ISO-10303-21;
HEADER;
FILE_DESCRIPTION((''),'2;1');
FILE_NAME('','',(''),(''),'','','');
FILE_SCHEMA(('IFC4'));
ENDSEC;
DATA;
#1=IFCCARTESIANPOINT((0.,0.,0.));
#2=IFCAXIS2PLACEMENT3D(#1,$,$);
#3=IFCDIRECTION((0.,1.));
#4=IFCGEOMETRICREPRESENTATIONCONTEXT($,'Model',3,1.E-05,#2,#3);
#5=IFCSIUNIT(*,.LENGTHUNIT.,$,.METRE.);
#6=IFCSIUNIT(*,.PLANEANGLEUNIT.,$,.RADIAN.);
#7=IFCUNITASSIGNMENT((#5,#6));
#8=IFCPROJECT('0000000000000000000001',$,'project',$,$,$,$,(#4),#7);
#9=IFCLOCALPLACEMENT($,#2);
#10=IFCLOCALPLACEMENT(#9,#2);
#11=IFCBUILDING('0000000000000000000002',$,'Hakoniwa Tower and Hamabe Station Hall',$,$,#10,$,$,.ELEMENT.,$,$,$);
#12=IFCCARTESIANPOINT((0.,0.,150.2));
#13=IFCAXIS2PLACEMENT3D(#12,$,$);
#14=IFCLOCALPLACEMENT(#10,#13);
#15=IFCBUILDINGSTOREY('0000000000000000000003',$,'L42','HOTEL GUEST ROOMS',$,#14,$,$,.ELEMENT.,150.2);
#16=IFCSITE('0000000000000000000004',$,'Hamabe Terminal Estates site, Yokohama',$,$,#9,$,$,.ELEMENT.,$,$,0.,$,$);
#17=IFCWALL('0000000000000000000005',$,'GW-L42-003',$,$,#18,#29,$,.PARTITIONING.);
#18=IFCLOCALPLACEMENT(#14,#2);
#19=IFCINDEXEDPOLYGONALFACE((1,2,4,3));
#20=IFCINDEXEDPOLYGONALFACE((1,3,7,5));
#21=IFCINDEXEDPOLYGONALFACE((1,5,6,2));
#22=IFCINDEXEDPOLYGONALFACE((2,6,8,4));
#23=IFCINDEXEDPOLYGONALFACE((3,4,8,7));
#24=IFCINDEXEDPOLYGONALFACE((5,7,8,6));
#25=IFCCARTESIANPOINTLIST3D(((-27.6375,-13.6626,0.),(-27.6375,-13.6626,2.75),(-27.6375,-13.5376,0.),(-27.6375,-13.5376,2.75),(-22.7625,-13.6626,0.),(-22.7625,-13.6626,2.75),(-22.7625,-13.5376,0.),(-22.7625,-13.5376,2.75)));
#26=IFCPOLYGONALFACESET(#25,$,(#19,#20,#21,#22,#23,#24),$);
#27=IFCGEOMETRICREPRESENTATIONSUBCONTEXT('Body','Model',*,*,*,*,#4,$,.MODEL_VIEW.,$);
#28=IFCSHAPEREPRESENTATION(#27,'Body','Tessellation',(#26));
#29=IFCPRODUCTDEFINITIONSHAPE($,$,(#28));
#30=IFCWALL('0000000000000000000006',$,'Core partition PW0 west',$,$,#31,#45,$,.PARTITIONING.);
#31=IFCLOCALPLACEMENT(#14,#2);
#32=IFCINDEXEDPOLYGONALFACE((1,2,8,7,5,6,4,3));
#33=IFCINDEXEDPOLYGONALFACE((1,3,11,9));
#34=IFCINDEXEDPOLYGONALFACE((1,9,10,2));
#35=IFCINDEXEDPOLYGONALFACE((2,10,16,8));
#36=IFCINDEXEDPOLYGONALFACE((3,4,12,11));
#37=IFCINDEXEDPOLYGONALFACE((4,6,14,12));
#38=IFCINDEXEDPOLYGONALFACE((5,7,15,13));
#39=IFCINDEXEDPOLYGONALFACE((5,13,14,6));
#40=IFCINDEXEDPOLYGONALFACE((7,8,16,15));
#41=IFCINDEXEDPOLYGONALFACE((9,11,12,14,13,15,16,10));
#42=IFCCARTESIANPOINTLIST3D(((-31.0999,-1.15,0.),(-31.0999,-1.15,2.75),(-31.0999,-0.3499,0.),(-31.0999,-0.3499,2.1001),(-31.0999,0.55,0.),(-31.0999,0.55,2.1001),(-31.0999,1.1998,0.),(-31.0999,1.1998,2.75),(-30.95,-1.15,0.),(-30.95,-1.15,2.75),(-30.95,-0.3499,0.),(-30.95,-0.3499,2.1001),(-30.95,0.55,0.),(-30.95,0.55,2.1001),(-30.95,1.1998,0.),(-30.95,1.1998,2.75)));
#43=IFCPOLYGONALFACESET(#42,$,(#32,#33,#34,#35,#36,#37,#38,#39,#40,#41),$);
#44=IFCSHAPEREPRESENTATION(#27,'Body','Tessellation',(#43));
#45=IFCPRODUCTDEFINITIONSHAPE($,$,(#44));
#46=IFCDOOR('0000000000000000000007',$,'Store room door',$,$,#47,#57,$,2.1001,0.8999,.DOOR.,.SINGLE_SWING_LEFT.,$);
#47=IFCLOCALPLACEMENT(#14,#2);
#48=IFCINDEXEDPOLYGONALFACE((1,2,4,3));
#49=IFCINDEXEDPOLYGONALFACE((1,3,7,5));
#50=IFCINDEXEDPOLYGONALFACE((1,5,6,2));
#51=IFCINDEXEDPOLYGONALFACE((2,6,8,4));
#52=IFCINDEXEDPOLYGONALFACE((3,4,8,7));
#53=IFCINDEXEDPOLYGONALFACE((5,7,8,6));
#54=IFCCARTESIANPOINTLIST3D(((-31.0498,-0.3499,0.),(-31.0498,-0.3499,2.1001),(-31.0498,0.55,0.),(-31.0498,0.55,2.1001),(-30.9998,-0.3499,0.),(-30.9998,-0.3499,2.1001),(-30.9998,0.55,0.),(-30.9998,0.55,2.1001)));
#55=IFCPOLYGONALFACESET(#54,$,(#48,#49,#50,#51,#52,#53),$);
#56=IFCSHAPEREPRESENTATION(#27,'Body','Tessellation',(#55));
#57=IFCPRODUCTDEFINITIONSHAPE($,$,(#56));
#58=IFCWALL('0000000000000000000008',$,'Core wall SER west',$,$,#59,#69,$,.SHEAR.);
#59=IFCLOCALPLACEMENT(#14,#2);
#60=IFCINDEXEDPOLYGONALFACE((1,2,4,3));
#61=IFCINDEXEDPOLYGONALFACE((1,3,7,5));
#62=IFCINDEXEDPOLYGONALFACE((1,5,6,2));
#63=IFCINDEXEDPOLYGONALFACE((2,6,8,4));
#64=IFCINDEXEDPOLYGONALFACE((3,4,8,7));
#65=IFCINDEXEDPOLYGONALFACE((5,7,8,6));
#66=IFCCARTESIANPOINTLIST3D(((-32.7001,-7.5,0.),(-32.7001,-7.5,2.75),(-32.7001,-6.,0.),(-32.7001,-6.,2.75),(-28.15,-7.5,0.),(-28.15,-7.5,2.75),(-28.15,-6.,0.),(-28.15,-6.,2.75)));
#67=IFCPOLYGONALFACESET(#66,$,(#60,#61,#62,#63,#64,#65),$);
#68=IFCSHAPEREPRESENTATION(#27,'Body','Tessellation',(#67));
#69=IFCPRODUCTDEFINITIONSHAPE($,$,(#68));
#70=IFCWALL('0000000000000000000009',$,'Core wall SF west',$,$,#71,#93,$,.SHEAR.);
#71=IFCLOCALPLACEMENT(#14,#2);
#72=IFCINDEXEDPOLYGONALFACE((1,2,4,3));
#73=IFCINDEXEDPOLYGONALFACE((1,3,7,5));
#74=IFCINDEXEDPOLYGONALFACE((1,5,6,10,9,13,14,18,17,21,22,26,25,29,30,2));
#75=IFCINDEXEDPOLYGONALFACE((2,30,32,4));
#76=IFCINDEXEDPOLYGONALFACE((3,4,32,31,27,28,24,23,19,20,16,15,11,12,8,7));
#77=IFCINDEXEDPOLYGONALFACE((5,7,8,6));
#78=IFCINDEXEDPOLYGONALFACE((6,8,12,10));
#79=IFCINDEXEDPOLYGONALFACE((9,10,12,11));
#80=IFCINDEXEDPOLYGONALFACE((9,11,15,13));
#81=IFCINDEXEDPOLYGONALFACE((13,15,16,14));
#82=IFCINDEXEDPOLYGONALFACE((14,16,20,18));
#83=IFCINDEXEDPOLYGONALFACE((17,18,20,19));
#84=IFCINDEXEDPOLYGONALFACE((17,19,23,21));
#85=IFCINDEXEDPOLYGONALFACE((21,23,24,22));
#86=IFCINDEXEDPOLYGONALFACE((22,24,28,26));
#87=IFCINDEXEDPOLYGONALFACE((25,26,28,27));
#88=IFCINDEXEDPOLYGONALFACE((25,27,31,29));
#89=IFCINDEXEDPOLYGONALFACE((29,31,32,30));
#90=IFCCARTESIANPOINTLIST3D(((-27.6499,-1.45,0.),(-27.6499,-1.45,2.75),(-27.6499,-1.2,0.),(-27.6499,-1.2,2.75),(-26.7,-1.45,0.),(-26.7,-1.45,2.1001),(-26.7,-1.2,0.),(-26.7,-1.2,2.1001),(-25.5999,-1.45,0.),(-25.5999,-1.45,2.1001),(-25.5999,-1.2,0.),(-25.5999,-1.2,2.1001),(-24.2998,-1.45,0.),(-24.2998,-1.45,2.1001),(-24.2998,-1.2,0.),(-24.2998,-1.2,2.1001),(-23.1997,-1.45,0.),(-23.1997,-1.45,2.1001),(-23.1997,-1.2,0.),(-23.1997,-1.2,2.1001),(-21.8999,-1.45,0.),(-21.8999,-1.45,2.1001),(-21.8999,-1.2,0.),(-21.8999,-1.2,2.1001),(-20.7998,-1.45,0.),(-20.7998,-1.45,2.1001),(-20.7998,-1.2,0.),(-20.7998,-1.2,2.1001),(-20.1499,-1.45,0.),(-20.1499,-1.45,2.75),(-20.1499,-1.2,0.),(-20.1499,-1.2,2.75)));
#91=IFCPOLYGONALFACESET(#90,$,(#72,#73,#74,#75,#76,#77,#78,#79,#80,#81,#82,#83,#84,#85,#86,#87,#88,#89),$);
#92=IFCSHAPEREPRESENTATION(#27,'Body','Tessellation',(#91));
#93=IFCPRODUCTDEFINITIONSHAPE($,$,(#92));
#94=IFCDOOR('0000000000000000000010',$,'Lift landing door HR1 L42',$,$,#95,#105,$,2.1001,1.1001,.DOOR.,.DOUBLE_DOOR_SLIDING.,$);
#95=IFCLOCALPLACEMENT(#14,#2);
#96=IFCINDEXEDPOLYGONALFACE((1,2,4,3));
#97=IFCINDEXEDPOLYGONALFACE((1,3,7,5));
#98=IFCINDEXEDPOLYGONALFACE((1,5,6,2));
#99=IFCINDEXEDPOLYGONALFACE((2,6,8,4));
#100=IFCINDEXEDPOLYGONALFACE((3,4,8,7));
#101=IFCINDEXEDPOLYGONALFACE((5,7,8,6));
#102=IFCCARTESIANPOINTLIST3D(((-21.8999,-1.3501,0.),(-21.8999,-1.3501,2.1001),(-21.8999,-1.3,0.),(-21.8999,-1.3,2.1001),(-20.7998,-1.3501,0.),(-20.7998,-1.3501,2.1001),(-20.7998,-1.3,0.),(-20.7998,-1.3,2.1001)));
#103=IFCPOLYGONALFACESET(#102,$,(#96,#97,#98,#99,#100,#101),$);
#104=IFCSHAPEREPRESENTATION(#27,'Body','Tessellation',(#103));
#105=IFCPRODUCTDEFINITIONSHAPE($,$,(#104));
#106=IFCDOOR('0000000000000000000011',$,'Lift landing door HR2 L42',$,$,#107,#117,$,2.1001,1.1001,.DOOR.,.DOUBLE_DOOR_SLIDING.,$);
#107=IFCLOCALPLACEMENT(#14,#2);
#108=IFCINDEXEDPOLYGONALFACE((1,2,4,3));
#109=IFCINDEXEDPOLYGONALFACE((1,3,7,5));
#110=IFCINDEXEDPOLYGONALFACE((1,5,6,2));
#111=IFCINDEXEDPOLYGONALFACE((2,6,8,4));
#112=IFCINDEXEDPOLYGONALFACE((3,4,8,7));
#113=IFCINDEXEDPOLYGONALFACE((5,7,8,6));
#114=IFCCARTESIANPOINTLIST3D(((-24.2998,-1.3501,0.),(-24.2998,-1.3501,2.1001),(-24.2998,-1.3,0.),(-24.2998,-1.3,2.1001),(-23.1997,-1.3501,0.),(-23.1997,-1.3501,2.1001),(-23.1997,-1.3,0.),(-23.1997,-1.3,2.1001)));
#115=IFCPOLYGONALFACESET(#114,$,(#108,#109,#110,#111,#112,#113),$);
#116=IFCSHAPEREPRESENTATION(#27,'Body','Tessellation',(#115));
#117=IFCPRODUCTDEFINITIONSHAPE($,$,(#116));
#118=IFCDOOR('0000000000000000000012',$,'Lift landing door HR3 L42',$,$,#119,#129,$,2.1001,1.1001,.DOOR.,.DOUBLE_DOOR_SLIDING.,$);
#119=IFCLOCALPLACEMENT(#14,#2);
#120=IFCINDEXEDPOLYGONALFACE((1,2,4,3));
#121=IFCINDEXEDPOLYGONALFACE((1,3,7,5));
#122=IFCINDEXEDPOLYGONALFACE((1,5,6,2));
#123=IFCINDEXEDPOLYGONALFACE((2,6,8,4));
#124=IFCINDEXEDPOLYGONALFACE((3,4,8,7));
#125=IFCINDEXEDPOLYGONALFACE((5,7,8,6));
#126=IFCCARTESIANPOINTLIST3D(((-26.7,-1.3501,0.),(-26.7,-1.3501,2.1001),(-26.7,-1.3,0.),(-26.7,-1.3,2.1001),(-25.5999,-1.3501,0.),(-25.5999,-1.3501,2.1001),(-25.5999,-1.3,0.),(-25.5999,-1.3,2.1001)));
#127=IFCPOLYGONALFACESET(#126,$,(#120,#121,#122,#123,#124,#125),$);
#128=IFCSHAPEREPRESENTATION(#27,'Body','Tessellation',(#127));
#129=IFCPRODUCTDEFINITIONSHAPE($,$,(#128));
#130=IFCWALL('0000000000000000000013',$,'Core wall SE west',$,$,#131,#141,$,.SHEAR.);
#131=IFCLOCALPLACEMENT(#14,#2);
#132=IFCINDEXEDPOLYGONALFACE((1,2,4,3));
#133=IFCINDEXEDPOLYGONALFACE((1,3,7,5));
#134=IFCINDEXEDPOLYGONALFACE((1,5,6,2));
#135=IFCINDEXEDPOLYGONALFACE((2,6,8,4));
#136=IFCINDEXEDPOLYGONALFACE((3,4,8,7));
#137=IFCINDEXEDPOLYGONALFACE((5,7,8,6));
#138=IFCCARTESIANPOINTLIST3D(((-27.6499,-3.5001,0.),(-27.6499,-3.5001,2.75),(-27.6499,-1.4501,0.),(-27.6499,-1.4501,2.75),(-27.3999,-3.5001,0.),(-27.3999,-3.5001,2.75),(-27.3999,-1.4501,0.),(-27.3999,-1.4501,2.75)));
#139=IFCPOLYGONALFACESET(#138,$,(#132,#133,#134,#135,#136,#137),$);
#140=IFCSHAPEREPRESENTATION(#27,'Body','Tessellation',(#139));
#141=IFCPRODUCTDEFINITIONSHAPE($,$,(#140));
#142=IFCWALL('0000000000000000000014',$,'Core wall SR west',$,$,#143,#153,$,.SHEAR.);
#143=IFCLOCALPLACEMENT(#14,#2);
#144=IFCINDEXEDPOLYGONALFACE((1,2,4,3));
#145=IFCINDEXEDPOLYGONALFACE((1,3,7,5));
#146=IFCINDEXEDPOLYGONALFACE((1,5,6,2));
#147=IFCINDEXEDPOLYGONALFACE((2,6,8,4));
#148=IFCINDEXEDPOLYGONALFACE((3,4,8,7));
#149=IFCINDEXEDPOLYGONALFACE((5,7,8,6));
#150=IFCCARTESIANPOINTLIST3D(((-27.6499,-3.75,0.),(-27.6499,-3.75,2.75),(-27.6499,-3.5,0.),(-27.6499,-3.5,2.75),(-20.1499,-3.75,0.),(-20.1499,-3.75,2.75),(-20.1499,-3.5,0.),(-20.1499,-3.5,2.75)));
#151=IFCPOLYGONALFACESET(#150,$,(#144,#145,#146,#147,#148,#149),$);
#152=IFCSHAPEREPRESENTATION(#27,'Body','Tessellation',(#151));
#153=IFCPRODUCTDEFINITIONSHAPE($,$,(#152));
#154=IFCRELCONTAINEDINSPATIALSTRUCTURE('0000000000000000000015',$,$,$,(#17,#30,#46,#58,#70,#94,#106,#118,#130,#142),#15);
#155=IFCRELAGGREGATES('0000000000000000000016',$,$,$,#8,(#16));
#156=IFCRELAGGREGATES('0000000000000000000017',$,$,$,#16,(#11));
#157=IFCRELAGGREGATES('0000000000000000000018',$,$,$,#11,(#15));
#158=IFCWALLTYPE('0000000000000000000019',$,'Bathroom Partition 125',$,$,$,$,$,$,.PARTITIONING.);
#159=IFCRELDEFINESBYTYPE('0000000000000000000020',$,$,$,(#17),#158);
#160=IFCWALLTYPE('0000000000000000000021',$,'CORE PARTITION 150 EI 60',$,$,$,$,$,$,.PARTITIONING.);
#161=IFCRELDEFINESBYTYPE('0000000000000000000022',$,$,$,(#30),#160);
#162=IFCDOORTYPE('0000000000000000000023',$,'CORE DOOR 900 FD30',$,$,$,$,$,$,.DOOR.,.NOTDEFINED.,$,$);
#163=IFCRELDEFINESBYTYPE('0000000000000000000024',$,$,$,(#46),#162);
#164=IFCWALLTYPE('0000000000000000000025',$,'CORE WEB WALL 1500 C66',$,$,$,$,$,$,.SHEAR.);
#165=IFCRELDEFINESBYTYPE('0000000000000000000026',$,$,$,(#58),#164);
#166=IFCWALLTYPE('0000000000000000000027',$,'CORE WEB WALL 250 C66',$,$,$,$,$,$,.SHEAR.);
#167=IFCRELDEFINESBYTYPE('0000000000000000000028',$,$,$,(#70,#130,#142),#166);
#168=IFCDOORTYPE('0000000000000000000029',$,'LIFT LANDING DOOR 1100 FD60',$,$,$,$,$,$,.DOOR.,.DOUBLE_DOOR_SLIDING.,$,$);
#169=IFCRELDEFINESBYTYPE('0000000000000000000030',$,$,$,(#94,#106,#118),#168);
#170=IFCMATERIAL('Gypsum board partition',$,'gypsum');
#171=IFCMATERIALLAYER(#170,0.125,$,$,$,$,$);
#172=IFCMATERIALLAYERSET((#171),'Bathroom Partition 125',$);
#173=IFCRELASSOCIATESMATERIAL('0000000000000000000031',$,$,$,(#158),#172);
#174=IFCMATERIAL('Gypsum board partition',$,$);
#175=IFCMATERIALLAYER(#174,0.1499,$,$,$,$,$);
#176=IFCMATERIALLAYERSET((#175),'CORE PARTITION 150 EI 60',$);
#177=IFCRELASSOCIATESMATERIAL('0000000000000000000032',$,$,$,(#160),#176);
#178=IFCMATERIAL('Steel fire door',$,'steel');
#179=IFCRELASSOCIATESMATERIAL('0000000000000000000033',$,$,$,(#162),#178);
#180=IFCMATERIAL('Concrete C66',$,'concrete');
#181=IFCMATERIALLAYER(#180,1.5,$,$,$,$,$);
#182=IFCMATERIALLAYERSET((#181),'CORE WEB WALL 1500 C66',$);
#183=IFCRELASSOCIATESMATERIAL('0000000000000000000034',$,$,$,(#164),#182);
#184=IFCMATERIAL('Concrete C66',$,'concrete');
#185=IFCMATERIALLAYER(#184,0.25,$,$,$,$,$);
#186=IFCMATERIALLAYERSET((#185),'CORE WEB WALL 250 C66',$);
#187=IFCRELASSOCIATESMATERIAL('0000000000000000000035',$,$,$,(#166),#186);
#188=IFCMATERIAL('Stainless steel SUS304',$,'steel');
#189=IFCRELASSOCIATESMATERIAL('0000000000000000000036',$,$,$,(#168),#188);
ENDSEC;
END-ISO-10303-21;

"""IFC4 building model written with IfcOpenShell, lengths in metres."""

from ifc_helpers import new_model, si_unit, direction, frame, frame_2d, origin, place, context, subcontext, project, spatial, rectangle, extrude, material, layer, layer_set, type_object, element, fill, save


model = new_model("IFC4")

# Units and contexts
model_context = context("Model", 3, precision=1e-05, world=origin(), true_north=direction((0.0, 1.0)))
body_context = subcontext(model_context, "Body", "Model", "MODEL_VIEW")
ifc_project = project(units=[si_unit("LENGTHUNIT", "METRE"), si_unit("PLANEANGLEUNIT", "RADIAN")], contexts=[model_context])

# Site, building, storey
site_placement = place(None, origin())
site = spatial("IfcSite", under=ifc_project, at=site_placement, Name="Hamabe Terminal Estates site, Yokohama", CompositionType="ELEMENT", RefElevation=0.0)
building_placement = place(site_placement, origin())
building = spatial("IfcBuilding", under=site, at=building_placement, Name="Hakoniwa Tower and Hamabe Station Hall", CompositionType="ELEMENT")
storey_placement = place(building_placement, frame((0.0, 0.0, 150.2)))
storey = spatial("IfcBuildingStorey", under=building, at=storey_placement, Name="L42", Description="HOTEL GUEST ROOMS", CompositionType="ELEMENT", Elevation=150.2)

# Wall
ifc_material_1 = material(Name="Gypsum board partition", Category="gypsum")
ifc_layer_1 = layer(ifc_material_1, 0.125)
ifc_layer_set_1 = layer_set([ifc_layer_1], Name="Bathroom Partition 125")
wall_type_1 = type_object("IfcWallType", Name="Bathroom Partition 125", PredefinedType="PARTITIONING", material=ifc_layer_set_1)
wall_1_placement = place(storey_placement, frame((-27.6375, -13.6001, 0.0), z_axis=(0.0, 0.0, 1.0), x_axis=(1.0, 0.0, 0.0)))
element("IfcWall", 1, at=wall_1_placement, inside=storey, type_object=wall_type_1, Name="GW-L42-003", PredefinedType="PARTITIONING", context=body_context, shape_type="SweptSolid", body=[
    extrude(rectangle(XDim=4.875, YDim=0.125, at=frame_2d((2.4375, 0.0))), origin(), (0.0, 0.0, 1.0), 2.75),
])

# Wall, opening, door
ifc_material_2 = material(Name="Gypsum board partition")
ifc_layer_2 = layer(ifc_material_2, 0.1499)
ifc_layer_set_2 = layer_set([ifc_layer_2], Name="CORE PARTITION 150 EI 60")
wall_type_2 = type_object("IfcWallType", Name="CORE PARTITION 150 EI 60", PredefinedType="PARTITIONING", material=ifc_layer_set_2)
wall_2_placement = place(storey_placement, frame((-31.0249, -1.1499, 0.0), z_axis=(0.0, 0.0, 1.0), x_axis=(0.0, 1.0, 0.0)))
wall_2 = element("IfcWall", 2, at=wall_2_placement, inside=storey, type_object=wall_type_2, Name="Core partition PW0 west", PredefinedType="PARTITIONING", context=body_context, shape_type="SweptSolid", body=[
    extrude(rectangle(XDim=2.3499, YDim=0.1499, at=frame_2d((1.1748, 0.0))), origin(), (0.0, 0.0, 1.0), 2.75),
])
opening_1_placement = place(wall_2_placement, frame((0.8, 0.0, 0.0)))
opening_1 = element("IfcOpeningElement", 3, at=opening_1_placement, cuts=wall_2, PredefinedType="OPENING", context=body_context, shape_type="SweptSolid", body=[
    extrude(rectangle(XDim=0.8999, YDim=2.1001, at=frame_2d((0.45, 1.05))), frame((0.0, 0.085, 0.0), z_axis=(0.0, -1.0, 0.0), x_axis=(1.0, 0.0, 0.0)), (0.0, 0.0, 1.0), 0.1699),
])
ifc_material_3 = material(Name="Steel fire door", Category="steel")
door_type_1 = type_object("IfcDoorType", Name="CORE DOOR 900 FD30", OperationType="NOTDEFINED", PredefinedType="DOOR", material=ifc_material_3)
door_1_placement = place(opening_1_placement, origin())
door_1 = element("IfcDoor", 4, at=door_1_placement, inside=storey, type_object=door_type_1, Name="Store room door", OperationType="SINGLE_SWING_LEFT", OverallHeight=2.1001, OverallWidth=0.8999, PredefinedType="DOOR", context=body_context, shape_type="SweptSolid", body=[
    extrude(rectangle(XDim=0.8999, YDim=2.1001, at=frame_2d((0.45, 1.05))), frame((0.0, 0.0249, 0.0), z_axis=(0.0, -1.0, 0.0), x_axis=(1.0, 0.0, 0.0)), (0.0, 0.0, 1.0), 0.05),
])
fill(opening_1, door_1)

# Wall
ifc_material_4 = material(Name="Concrete C66", Category="concrete")
ifc_layer_3 = layer(ifc_material_4, 1.5)
ifc_layer_set_3 = layer_set([ifc_layer_3], Name="CORE WEB WALL 1500 C66")
wall_type_3 = type_object("IfcWallType", Name="CORE WEB WALL 1500 C66", PredefinedType="SHEAR", material=ifc_layer_set_3)
wall_3_placement = place(storey_placement, frame((-32.7, -6.75, 0.0), z_axis=(0.0, 0.0, 1.0), x_axis=(1.0, 0.0, 0.0)))
element("IfcWall", 5, at=wall_3_placement, inside=storey, type_object=wall_type_3, Name="Core wall SER west", PredefinedType="SHEAR", context=body_context, shape_type="SweptSolid", body=[
    extrude(rectangle(XDim=4.55, YDim=1.5, at=frame_2d((2.2749, 0.0))), origin(), (0.0, 0.0, 1.0), 2.75),
])

# Wall, openings, doors
ifc_material_5 = material(Name="Concrete C66", Category="concrete")
ifc_layer_4 = layer(ifc_material_5, 0.25)
ifc_layer_set_4 = layer_set([ifc_layer_4], Name="CORE WEB WALL 250 C66")
wall_type_4 = type_object("IfcWallType", Name="CORE WEB WALL 250 C66", PredefinedType="SHEAR", material=ifc_layer_set_4)
wall_4_placement = place(storey_placement, frame((-27.6499, -1.325, 0.0), z_axis=(0.0, 0.0, 1.0), x_axis=(1.0, 0.0, 0.0)))
wall_4 = element("IfcWall", 6, at=wall_4_placement, inside=storey, type_object=wall_type_4, Name="Core wall SF west", PredefinedType="SHEAR", context=body_context, shape_type="SweptSolid", body=[
    extrude(rectangle(XDim=7.5, YDim=0.25, at=frame_2d((3.75, 0.0))), origin(), (0.0, 0.0, 1.0), 2.75),
])
opening_2_placement = place(wall_4_placement, frame((5.75, 0.0, 0.0)))
opening_2 = element("IfcOpeningElement", 7, at=opening_2_placement, cuts=wall_4, PredefinedType="OPENING", context=body_context, shape_type="SweptSolid", body=[
    extrude(rectangle(XDim=1.1001, YDim=2.1001, at=frame_2d((0.55, 1.05))), frame((0.0, 0.135, 0.0), z_axis=(0.0, -1.0, 0.0), x_axis=(1.0, 0.0, 0.0)), (0.0, 0.0, 1.0), 0.27),
])
opening_3_placement = place(wall_4_placement, frame((3.3501, 0.0, 0.0)))
opening_3 = element("IfcOpeningElement", 8, at=opening_3_placement, cuts=wall_4, PredefinedType="OPENING", context=body_context, shape_type="SweptSolid", body=[
    extrude(rectangle(XDim=1.1001, YDim=2.1001, at=frame_2d((0.55, 1.05))), frame((0.0, 0.135, 0.0), z_axis=(0.0, -1.0, 0.0), x_axis=(1.0, 0.0, 0.0)), (0.0, 0.0, 1.0), 0.27),
])
opening_4_placement = place(wall_4_placement, frame((0.95, 0.0, 0.0)))
opening_4 = element("IfcOpeningElement", 9, at=opening_4_placement, cuts=wall_4, PredefinedType="OPENING", context=body_context, shape_type="SweptSolid", body=[
    extrude(rectangle(XDim=1.1001, YDim=2.1001, at=frame_2d((0.55, 1.05))), frame((0.0, 0.135, 0.0), z_axis=(0.0, -1.0, 0.0), x_axis=(1.0, 0.0, 0.0)), (0.0, 0.0, 1.0), 0.27),
])
ifc_material_6 = material(Name="Stainless steel SUS304", Category="steel")
door_type_2 = type_object("IfcDoorType", Name="LIFT LANDING DOOR 1100 FD60", OperationType="DOUBLE_DOOR_SLIDING", PredefinedType="DOOR", material=ifc_material_6)
door_2_placement = place(opening_2_placement, origin())
door_2 = element("IfcDoor", 10, at=door_2_placement, inside=storey, type_object=door_type_2, Name="Lift landing door HR1 L42", OperationType="DOUBLE_DOOR_SLIDING", OverallHeight=2.1001, OverallWidth=1.1001, PredefinedType="DOOR", context=body_context, shape_type="SweptSolid", body=[
    extrude(rectangle(XDim=1.1001, YDim=2.1001, at=frame_2d((0.55, 1.05))), frame((0.0, 0.0249, 0.0), z_axis=(0.0, -1.0, 0.0), x_axis=(1.0, 0.0, 0.0)), (0.0, 0.0, 1.0), 0.05),
])
fill(opening_2, door_2)
door_3_placement = place(opening_3_placement, origin())
door_3 = element("IfcDoor", 11, at=door_3_placement, inside=storey, type_object=door_type_2, Name="Lift landing door HR2 L42", OperationType="DOUBLE_DOOR_SLIDING", OverallHeight=2.1001, OverallWidth=1.1001, PredefinedType="DOOR", context=body_context, shape_type="SweptSolid", body=[
    extrude(rectangle(XDim=1.1001, YDim=2.1001, at=frame_2d((0.55, 1.05))), frame((0.0, 0.0249, 0.0), z_axis=(0.0, -1.0, 0.0), x_axis=(1.0, 0.0, 0.0)), (0.0, 0.0, 1.0), 0.05),
])
fill(opening_3, door_3)
door_4_placement = place(opening_4_placement, origin())
door_4 = element("IfcDoor", 12, at=door_4_placement, inside=storey, type_object=door_type_2, Name="Lift landing door HR3 L42", OperationType="DOUBLE_DOOR_SLIDING", OverallHeight=2.1001, OverallWidth=1.1001, PredefinedType="DOOR", context=body_context, shape_type="SweptSolid", body=[
    extrude(rectangle(XDim=1.1001, YDim=2.1001, at=frame_2d((0.55, 1.05))), frame((0.0, 0.0249, 0.0), z_axis=(0.0, -1.0, 0.0), x_axis=(1.0, 0.0, 0.0)), (0.0, 0.0, 1.0), 0.05),
])
fill(opening_4, door_4)

# Walls
wall_5_placement = place(storey_placement, frame((-27.5249, -3.5, 0.0), z_axis=(0.0, 0.0, 1.0), x_axis=(0.0, 1.0, 0.0)))
element("IfcWall", 13, at=wall_5_placement, inside=storey, type_object=wall_type_4, Name="Core wall SE west", PredefinedType="SHEAR", context=body_context, shape_type="SweptSolid", body=[
    extrude(rectangle(XDim=2.05, YDim=0.25, at=frame_2d((1.0249, 0.0))), origin(), (0.0, 0.0, 1.0), 2.75),
])
wall_6_placement = place(storey_placement, frame((-27.6499, -3.625, 0.0), z_axis=(0.0, 0.0, 1.0), x_axis=(1.0, 0.0, 0.0)))
element("IfcWall", 14, at=wall_6_placement, inside=storey, type_object=wall_type_4, Name="Core wall SR west", PredefinedType="SHEAR", context=body_context, shape_type="SweptSolid", body=[
    extrude(rectangle(XDim=7.5, YDim=0.25, at=frame_2d((3.75, 0.0))), origin(), (0.0, 0.0, 1.0), 2.75),
])

save(model, "model.ifc")
